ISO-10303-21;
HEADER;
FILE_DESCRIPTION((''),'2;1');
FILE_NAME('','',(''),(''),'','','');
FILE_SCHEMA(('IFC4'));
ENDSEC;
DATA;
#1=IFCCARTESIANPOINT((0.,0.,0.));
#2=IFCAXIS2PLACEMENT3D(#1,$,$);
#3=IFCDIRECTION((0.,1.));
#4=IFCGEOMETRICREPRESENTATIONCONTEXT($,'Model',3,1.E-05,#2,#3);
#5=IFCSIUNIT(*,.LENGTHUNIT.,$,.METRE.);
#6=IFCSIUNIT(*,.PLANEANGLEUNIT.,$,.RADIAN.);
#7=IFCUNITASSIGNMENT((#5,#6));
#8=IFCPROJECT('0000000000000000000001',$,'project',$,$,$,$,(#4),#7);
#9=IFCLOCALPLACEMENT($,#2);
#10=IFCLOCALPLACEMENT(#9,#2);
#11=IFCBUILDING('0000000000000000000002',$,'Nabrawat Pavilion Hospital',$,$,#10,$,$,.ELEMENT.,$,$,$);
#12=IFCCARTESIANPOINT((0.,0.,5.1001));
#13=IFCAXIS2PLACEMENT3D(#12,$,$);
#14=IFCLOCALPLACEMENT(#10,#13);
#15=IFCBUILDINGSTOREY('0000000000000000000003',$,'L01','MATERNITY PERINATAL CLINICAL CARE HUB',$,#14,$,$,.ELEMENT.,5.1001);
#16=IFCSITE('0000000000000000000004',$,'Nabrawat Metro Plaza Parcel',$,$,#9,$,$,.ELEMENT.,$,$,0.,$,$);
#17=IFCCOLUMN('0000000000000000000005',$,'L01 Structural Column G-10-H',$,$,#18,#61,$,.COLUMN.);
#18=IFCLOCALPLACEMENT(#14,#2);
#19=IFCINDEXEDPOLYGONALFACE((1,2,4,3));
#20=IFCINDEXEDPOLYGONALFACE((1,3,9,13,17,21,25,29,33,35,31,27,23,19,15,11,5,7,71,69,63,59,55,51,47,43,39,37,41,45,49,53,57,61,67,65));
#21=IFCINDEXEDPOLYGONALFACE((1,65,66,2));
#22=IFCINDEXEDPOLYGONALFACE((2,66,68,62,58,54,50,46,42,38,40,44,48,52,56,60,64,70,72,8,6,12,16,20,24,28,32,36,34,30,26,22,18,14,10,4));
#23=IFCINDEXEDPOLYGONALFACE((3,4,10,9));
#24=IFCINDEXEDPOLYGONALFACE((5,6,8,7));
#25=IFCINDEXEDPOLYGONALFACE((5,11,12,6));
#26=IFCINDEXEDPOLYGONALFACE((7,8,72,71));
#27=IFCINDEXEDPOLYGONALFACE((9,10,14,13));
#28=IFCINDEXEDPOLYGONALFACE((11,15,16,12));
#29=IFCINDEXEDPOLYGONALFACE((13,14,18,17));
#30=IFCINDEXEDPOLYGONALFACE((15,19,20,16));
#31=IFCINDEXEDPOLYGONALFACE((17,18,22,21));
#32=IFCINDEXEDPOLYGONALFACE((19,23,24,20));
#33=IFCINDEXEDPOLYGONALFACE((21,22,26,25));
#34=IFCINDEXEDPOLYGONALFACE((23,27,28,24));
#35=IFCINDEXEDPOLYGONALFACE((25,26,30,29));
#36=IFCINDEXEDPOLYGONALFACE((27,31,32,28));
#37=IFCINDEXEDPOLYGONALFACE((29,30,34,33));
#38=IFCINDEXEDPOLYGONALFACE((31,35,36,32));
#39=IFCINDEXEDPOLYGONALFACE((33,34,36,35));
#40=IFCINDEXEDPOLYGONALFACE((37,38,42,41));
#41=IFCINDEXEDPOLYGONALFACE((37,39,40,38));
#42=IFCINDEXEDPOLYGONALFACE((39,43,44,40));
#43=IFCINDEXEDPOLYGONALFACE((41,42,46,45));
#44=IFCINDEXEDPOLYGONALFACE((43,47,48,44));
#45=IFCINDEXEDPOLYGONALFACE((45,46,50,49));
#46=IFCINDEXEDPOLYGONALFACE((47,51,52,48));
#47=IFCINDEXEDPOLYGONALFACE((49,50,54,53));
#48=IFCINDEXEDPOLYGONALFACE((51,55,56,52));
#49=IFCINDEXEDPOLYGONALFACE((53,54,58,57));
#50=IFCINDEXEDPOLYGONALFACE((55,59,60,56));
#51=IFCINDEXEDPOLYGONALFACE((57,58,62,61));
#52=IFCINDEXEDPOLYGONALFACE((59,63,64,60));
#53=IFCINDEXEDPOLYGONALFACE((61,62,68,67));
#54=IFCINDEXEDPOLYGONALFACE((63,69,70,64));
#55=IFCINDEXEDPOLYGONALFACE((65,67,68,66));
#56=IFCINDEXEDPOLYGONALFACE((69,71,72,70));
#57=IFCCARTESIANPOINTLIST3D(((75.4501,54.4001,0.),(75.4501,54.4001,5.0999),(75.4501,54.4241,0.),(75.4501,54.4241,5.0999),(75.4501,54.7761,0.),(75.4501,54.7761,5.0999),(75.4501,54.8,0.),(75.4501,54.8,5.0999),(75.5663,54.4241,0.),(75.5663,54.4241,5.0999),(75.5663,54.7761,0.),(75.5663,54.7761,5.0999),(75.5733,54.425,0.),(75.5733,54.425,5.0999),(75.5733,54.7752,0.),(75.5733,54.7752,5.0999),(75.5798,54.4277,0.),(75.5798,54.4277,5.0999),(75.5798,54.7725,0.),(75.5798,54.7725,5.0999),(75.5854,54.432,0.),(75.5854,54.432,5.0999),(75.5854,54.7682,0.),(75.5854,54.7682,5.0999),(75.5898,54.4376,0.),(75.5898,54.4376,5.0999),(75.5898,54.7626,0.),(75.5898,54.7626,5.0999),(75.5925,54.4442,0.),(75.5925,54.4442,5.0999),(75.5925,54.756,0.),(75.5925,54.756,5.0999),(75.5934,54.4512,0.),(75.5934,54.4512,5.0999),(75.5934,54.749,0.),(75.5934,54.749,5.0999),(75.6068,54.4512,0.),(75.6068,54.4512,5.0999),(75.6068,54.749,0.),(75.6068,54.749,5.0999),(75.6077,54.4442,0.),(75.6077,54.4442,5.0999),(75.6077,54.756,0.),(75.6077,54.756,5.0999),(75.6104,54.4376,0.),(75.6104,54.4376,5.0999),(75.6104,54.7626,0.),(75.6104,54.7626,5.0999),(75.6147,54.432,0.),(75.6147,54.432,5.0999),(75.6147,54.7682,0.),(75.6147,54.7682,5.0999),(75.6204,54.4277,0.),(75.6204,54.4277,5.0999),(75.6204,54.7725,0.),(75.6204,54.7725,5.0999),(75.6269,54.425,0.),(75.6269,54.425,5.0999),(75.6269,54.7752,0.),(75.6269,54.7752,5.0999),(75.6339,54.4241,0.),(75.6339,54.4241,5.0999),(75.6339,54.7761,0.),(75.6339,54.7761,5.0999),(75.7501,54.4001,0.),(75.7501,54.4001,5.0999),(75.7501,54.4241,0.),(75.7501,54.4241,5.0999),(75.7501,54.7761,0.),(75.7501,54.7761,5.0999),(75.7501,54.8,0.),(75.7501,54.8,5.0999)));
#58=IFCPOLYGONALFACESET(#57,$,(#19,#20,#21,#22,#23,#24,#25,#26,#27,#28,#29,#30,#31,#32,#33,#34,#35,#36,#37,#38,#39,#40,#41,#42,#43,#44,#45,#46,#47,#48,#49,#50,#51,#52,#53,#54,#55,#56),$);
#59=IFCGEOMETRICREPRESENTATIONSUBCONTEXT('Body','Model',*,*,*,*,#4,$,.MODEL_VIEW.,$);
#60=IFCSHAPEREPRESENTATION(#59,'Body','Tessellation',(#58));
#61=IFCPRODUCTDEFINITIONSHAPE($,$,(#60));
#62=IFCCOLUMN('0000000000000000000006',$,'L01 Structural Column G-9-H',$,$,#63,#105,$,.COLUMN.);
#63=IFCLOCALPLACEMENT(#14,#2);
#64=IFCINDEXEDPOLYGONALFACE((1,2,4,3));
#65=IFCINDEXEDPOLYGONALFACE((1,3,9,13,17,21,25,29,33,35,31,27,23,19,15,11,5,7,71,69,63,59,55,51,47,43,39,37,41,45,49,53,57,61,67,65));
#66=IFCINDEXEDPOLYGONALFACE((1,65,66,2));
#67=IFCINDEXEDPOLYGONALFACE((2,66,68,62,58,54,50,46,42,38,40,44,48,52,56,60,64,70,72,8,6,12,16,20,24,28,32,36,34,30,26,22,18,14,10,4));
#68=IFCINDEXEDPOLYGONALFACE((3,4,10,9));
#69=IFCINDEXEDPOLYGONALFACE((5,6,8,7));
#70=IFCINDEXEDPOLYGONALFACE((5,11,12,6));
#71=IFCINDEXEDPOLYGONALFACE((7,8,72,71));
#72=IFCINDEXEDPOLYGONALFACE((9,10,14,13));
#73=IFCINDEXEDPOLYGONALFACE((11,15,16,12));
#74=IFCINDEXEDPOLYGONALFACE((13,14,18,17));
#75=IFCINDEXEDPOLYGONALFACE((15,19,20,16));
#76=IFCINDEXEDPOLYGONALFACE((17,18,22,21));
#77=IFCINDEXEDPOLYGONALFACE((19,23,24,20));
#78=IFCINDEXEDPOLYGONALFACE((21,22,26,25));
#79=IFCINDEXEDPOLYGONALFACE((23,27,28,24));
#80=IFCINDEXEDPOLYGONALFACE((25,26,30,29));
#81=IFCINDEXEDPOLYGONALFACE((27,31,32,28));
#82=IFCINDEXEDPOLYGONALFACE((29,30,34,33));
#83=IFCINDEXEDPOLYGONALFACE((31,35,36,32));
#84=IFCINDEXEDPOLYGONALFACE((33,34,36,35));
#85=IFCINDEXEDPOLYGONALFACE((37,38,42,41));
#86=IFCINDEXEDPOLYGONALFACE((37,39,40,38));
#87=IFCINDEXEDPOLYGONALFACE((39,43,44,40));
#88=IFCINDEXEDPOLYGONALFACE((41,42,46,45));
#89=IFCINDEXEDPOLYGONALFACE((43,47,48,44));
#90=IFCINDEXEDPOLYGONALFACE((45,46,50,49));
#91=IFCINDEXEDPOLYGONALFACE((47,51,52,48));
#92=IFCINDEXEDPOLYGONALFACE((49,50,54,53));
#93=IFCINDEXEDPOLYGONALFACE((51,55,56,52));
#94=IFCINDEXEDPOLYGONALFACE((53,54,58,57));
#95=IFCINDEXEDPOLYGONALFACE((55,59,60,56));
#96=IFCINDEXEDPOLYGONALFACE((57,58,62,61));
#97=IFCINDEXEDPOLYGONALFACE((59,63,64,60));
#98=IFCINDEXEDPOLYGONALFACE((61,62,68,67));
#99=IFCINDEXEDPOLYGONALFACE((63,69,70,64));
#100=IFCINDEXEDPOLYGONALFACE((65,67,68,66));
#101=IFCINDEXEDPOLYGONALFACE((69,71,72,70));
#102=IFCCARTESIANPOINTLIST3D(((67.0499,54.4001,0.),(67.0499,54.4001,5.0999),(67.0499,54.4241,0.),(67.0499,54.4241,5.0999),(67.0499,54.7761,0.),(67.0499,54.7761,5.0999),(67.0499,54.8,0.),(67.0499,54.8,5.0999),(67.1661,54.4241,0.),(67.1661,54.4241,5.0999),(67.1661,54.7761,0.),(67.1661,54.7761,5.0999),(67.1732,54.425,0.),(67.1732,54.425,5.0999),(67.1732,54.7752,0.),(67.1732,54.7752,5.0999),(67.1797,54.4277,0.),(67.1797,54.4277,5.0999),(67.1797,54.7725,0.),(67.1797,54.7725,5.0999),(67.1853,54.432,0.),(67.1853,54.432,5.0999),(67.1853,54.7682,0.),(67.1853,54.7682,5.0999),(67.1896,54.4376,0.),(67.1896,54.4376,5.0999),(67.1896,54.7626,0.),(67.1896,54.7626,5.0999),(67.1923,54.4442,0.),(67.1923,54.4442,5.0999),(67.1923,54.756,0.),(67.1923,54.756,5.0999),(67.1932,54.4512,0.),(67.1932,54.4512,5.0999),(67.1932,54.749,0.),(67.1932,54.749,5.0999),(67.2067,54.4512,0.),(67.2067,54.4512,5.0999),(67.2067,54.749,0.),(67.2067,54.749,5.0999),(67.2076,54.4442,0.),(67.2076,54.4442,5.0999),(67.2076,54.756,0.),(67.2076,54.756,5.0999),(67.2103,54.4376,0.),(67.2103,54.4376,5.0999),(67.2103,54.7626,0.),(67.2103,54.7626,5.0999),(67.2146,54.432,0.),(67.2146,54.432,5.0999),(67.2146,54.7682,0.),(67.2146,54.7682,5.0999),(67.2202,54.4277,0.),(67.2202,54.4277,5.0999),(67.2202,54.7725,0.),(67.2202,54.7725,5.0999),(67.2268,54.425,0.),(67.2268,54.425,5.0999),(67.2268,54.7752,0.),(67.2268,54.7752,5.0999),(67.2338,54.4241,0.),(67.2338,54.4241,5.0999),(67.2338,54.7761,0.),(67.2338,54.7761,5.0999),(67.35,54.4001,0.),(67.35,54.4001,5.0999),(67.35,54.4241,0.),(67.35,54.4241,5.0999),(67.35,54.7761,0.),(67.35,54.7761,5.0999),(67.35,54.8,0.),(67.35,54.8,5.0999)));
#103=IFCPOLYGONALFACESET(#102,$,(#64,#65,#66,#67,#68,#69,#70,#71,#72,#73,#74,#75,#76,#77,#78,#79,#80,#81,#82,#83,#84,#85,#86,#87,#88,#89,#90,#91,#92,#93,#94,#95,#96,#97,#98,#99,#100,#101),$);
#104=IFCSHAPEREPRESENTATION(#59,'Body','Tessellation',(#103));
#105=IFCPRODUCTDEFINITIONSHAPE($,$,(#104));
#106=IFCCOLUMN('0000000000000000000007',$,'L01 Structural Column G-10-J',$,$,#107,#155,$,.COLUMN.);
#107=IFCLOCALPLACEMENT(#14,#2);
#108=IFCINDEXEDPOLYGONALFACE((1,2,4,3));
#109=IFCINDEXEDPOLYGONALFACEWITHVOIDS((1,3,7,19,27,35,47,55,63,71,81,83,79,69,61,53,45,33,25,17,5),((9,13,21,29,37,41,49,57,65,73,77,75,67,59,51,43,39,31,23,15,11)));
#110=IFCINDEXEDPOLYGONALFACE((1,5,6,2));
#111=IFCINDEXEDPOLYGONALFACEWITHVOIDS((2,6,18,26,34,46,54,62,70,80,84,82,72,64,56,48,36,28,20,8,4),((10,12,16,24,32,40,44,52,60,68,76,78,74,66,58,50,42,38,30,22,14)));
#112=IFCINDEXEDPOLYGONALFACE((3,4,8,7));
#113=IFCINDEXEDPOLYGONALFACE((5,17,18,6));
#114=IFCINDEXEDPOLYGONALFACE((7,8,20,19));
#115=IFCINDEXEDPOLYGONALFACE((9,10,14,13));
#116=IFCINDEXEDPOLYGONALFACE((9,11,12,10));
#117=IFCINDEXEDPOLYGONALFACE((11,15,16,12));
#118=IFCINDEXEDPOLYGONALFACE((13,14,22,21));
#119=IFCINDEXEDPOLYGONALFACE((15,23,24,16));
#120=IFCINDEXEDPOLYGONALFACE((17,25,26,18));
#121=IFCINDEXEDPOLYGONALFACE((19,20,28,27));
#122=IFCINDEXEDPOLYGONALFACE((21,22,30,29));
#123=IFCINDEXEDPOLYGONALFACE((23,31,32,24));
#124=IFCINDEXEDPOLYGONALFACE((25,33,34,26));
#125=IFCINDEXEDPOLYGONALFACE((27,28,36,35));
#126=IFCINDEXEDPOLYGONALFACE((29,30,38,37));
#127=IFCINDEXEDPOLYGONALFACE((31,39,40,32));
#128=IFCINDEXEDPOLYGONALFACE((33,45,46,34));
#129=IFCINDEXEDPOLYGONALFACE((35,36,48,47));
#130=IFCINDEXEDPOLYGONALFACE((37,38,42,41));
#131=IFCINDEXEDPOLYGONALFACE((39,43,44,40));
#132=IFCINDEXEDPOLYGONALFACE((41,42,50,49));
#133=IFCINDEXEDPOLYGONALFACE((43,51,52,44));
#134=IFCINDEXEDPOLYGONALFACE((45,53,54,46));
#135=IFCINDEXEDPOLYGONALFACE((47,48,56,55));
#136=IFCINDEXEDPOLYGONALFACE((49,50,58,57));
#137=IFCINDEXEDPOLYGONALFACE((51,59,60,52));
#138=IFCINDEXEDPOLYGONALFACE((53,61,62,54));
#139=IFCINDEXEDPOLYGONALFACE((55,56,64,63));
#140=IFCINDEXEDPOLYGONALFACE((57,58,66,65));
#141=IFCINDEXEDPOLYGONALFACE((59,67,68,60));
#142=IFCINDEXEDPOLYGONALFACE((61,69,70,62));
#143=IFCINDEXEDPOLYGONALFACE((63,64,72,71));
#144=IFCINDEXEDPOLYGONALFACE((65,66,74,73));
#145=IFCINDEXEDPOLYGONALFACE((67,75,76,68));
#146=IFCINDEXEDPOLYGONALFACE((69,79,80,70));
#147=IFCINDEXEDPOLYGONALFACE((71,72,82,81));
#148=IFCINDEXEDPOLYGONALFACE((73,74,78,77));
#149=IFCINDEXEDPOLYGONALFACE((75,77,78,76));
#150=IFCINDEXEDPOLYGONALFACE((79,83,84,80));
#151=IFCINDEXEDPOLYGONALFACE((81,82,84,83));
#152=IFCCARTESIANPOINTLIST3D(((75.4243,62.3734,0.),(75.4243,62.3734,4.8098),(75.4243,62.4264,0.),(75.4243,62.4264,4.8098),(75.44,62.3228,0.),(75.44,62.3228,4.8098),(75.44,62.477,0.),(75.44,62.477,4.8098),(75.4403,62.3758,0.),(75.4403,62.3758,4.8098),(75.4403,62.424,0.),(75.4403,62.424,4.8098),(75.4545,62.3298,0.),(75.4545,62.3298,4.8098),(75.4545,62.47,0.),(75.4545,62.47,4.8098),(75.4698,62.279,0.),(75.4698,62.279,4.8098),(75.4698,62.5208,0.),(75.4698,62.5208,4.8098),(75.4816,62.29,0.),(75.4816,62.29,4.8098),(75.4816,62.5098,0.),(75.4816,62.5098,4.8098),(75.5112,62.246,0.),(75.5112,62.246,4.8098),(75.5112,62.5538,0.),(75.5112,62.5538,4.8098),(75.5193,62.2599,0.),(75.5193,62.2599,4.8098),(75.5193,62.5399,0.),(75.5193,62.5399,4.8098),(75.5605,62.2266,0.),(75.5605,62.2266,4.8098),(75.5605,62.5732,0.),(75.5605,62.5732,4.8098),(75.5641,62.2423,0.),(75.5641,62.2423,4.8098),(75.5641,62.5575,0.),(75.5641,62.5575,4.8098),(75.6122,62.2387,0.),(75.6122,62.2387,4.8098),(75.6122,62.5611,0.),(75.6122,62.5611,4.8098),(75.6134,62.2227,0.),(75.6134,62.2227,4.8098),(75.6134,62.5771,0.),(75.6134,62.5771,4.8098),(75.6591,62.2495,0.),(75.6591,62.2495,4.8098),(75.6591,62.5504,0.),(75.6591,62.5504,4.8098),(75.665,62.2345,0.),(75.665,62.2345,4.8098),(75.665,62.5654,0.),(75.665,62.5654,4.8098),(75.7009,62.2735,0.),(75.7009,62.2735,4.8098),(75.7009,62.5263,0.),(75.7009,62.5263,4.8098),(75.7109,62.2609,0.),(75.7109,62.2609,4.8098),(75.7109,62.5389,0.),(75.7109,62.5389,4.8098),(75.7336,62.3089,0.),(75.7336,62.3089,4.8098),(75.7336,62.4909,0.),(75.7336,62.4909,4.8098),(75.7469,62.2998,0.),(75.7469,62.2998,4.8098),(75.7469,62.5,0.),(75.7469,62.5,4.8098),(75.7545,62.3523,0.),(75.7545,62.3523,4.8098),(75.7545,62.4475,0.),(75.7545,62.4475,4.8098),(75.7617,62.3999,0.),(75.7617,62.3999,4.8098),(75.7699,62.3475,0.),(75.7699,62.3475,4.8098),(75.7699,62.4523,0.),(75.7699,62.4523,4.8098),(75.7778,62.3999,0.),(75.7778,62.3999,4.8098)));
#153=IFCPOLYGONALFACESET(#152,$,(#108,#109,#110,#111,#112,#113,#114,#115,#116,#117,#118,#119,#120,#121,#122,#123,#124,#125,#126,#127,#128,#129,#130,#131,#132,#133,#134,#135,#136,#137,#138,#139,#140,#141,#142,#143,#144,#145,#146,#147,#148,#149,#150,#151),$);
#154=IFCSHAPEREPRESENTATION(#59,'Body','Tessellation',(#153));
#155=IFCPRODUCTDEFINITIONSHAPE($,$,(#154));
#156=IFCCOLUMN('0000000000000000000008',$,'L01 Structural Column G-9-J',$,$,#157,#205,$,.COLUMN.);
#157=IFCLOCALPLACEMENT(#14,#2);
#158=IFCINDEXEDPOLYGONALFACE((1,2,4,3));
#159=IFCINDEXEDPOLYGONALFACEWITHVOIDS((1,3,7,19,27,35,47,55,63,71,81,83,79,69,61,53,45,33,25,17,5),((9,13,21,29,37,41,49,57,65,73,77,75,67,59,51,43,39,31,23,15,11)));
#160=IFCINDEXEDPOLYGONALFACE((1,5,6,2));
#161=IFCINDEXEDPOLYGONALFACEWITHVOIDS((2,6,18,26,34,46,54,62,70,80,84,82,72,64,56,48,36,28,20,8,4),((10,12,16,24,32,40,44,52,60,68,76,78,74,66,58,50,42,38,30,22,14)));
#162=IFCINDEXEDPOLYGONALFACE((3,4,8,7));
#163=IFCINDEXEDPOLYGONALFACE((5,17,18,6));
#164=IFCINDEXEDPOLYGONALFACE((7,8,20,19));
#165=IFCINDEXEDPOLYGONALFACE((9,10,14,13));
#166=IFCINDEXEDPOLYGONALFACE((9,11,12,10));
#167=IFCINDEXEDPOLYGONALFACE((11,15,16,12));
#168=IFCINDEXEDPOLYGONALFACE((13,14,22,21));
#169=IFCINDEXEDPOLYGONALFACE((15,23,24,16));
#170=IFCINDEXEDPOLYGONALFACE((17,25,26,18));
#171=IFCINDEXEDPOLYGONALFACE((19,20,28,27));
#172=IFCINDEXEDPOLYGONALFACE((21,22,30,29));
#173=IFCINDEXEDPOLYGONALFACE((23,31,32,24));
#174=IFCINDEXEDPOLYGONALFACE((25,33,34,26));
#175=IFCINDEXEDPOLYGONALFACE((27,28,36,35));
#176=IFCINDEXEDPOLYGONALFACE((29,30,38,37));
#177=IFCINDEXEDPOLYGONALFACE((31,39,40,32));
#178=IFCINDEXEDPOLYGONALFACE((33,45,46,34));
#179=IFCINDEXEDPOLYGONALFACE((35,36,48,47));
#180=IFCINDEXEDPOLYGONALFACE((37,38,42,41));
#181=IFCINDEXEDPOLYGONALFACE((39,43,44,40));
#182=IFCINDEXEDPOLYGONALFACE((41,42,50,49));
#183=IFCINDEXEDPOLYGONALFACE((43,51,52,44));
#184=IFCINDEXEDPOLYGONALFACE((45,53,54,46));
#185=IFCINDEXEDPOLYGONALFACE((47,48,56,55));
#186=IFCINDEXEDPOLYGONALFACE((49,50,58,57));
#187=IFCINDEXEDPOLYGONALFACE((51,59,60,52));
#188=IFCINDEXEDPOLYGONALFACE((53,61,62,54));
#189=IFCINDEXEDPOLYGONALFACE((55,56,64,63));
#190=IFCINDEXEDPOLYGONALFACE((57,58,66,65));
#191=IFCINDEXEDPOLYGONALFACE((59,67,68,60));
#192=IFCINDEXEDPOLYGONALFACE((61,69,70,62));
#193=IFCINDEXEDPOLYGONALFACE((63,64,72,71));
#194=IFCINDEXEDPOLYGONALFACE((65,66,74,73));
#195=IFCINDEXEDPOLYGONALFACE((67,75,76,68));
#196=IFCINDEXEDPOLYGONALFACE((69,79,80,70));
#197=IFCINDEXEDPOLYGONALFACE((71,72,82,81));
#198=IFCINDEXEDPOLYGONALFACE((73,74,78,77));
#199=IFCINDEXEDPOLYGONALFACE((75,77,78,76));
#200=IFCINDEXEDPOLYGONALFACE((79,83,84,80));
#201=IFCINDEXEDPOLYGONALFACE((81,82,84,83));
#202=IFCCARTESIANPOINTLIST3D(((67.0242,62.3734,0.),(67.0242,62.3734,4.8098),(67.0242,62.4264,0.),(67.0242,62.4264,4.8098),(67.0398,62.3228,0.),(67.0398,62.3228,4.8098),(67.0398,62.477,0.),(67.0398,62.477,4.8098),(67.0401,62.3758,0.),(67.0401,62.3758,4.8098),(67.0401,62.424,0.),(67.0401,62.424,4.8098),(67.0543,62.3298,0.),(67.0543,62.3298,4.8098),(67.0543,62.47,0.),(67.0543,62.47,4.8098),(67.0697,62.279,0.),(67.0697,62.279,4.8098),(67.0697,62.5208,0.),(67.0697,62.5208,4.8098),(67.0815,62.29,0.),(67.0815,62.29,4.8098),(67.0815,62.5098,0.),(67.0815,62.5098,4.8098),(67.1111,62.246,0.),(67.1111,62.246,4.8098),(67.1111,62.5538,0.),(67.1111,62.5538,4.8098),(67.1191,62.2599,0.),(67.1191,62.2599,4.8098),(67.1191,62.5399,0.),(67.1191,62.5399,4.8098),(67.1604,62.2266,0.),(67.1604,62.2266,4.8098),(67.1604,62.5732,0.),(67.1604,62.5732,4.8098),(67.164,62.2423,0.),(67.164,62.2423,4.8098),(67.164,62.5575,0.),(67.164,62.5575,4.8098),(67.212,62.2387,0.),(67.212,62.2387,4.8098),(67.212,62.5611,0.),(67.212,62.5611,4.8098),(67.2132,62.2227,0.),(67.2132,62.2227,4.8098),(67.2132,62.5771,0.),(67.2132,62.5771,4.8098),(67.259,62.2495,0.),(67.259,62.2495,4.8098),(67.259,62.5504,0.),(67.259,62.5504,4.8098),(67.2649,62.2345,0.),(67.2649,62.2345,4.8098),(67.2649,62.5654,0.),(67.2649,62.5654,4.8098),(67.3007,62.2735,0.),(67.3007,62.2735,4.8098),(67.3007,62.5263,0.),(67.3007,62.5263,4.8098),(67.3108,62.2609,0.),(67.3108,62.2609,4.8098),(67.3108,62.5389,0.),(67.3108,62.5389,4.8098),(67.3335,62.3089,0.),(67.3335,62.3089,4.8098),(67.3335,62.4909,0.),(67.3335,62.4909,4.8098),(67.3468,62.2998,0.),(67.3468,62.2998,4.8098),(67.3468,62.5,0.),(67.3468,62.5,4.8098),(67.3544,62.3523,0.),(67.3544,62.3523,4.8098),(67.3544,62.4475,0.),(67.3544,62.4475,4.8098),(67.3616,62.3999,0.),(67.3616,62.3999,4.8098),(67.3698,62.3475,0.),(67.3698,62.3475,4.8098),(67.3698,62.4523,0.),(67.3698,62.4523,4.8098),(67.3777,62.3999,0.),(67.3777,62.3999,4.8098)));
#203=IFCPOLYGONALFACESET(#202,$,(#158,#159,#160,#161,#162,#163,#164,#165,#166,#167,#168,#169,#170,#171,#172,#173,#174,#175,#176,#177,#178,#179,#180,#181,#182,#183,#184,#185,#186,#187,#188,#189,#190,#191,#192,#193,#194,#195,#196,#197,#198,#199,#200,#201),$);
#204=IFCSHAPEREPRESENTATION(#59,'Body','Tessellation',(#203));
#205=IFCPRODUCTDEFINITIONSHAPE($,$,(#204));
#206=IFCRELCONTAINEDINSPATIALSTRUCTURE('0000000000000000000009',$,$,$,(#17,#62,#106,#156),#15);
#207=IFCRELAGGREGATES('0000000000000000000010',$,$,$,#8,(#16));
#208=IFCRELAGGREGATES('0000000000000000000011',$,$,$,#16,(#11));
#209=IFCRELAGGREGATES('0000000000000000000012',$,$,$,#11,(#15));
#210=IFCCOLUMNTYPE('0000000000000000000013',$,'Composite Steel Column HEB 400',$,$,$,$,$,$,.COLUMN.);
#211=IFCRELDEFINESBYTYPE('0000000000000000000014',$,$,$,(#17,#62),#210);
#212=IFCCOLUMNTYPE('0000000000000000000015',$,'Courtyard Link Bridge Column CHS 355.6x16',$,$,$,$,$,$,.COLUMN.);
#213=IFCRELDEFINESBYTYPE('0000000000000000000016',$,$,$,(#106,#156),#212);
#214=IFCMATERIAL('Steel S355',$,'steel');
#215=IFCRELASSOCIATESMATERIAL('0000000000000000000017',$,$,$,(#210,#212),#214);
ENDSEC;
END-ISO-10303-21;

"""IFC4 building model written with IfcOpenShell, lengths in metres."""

from ifc_helpers import new_model, si_unit, direction, frame, origin, origin_2d, place, context, subcontext, project, spatial, hollow_circle, i_section, extrude, material, material_profile, profile_set, type_object, element, save


model = new_model("IFC4")

# Units and contexts
model_context = context("Model", 3, precision=1e-05, world=origin(), true_north=direction((0.0, 1.0)))
body_context = subcontext(model_context, "Body", "Model", "MODEL_VIEW")
ifc_project = project(units=[si_unit("LENGTHUNIT", "METRE"), si_unit("PLANEANGLEUNIT", "RADIAN")], contexts=[model_context])

# Site, building, storey
site_placement = place(None, origin())
site = spatial("IfcSite", under=ifc_project, at=site_placement, Name="Nabrawat Metro Plaza Parcel", CompositionType="ELEMENT", RefElevation=0.0)
building_placement = place(site_placement, origin())
building = spatial("IfcBuilding", under=site, at=building_placement, Name="Nabrawat Pavilion Hospital", CompositionType="ELEMENT")
storey_placement = place(building_placement, frame((0.0, 0.0, 5.1001)))
storey = spatial("IfcBuildingStorey", under=building, at=storey_placement, Name="L01", Description="MATERNITY PERINATAL CLINICAL CARE HUB", CompositionType="ELEMENT", Elevation=5.1001)

# Columns
ifc_material_1 = material(Name="Steel S355", Category="steel")
ifc_material_profile_1 = material_profile(ifc_material_1, i_section(OverallWidth=0.3, OverallDepth=0.3999, WebThickness=0.0134, FlangeThickness=0.0239, FilletRadius=0.0271, at=origin_2d()), Name="HEB 400")
ifc_profile_set_1 = profile_set([ifc_material_profile_1], Name="Steel S355")
column_type_1 = type_object("IfcColumnType", Name="Composite Steel Column HEB 400", PredefinedType="COLUMN", material=ifc_profile_set_1)
for number, where, z_axis, x_axis, name in (
    (1, (75.6001, 54.6001, 0.0), (0.0, 0.0, 1.0), (1.0, 0.0, 0.0), "L01 Structural Column G-10-H"),
    (2, (67.2, 54.6001, 0.0), (0.0, 0.0, 1.0), (1.0, 0.0, 0.0), "L01 Structural Column G-9-H"),
):
    element("IfcColumn", number, at=place(storey_placement, frame(where, z_axis=z_axis, x_axis=x_axis)), inside=storey, type_object=column_type_1, Name=name, PredefinedType="COLUMN", context=body_context, shape_type="SweptSolid", body=[
        extrude(i_section(OverallWidth=0.3, OverallDepth=0.3999, WebThickness=0.0134, FlangeThickness=0.0239, FilletRadius=0.0271, at=origin_2d()), origin(), (0.0, 0.0, 1.0), 5.0999),
    ])
ifc_material_profile_2 = material_profile(ifc_material_1, hollow_circle(Radius=0.1777, WallThickness=0.0161, at=origin_2d()), Name="CHS 355.6x16")
ifc_profile_set_2 = profile_set([ifc_material_profile_2], Name="Steel S355")
column_type_2 = type_object("IfcColumnType", Name="Courtyard Link Bridge Column CHS 355.6x16", PredefinedType="COLUMN", material=ifc_profile_set_2)
for number, where, z_axis, x_axis, name in (
    (3, (75.6001, 62.3999, 0.0), (0.0, 0.0, 1.0), (1.0, 0.0, 0.0), "L01 Structural Column G-10-J"),
    (4, (67.2, 62.3999, 0.0), (0.0, 0.0, 1.0), (1.0, 0.0, 0.0), "L01 Structural Column G-9-J"),
):
    element("IfcColumn", number, at=place(storey_placement, frame(where, z_axis=z_axis, x_axis=x_axis)), inside=storey, type_object=column_type_2, Name=name, PredefinedType="COLUMN", context=body_context, shape_type="SweptSolid", body=[
        extrude(hollow_circle(Radius=0.1777, WallThickness=0.0161, at=origin_2d()), origin(), (0.0, 0.0, 1.0), 4.8098),
    ])

save(model, "model.ifc")
